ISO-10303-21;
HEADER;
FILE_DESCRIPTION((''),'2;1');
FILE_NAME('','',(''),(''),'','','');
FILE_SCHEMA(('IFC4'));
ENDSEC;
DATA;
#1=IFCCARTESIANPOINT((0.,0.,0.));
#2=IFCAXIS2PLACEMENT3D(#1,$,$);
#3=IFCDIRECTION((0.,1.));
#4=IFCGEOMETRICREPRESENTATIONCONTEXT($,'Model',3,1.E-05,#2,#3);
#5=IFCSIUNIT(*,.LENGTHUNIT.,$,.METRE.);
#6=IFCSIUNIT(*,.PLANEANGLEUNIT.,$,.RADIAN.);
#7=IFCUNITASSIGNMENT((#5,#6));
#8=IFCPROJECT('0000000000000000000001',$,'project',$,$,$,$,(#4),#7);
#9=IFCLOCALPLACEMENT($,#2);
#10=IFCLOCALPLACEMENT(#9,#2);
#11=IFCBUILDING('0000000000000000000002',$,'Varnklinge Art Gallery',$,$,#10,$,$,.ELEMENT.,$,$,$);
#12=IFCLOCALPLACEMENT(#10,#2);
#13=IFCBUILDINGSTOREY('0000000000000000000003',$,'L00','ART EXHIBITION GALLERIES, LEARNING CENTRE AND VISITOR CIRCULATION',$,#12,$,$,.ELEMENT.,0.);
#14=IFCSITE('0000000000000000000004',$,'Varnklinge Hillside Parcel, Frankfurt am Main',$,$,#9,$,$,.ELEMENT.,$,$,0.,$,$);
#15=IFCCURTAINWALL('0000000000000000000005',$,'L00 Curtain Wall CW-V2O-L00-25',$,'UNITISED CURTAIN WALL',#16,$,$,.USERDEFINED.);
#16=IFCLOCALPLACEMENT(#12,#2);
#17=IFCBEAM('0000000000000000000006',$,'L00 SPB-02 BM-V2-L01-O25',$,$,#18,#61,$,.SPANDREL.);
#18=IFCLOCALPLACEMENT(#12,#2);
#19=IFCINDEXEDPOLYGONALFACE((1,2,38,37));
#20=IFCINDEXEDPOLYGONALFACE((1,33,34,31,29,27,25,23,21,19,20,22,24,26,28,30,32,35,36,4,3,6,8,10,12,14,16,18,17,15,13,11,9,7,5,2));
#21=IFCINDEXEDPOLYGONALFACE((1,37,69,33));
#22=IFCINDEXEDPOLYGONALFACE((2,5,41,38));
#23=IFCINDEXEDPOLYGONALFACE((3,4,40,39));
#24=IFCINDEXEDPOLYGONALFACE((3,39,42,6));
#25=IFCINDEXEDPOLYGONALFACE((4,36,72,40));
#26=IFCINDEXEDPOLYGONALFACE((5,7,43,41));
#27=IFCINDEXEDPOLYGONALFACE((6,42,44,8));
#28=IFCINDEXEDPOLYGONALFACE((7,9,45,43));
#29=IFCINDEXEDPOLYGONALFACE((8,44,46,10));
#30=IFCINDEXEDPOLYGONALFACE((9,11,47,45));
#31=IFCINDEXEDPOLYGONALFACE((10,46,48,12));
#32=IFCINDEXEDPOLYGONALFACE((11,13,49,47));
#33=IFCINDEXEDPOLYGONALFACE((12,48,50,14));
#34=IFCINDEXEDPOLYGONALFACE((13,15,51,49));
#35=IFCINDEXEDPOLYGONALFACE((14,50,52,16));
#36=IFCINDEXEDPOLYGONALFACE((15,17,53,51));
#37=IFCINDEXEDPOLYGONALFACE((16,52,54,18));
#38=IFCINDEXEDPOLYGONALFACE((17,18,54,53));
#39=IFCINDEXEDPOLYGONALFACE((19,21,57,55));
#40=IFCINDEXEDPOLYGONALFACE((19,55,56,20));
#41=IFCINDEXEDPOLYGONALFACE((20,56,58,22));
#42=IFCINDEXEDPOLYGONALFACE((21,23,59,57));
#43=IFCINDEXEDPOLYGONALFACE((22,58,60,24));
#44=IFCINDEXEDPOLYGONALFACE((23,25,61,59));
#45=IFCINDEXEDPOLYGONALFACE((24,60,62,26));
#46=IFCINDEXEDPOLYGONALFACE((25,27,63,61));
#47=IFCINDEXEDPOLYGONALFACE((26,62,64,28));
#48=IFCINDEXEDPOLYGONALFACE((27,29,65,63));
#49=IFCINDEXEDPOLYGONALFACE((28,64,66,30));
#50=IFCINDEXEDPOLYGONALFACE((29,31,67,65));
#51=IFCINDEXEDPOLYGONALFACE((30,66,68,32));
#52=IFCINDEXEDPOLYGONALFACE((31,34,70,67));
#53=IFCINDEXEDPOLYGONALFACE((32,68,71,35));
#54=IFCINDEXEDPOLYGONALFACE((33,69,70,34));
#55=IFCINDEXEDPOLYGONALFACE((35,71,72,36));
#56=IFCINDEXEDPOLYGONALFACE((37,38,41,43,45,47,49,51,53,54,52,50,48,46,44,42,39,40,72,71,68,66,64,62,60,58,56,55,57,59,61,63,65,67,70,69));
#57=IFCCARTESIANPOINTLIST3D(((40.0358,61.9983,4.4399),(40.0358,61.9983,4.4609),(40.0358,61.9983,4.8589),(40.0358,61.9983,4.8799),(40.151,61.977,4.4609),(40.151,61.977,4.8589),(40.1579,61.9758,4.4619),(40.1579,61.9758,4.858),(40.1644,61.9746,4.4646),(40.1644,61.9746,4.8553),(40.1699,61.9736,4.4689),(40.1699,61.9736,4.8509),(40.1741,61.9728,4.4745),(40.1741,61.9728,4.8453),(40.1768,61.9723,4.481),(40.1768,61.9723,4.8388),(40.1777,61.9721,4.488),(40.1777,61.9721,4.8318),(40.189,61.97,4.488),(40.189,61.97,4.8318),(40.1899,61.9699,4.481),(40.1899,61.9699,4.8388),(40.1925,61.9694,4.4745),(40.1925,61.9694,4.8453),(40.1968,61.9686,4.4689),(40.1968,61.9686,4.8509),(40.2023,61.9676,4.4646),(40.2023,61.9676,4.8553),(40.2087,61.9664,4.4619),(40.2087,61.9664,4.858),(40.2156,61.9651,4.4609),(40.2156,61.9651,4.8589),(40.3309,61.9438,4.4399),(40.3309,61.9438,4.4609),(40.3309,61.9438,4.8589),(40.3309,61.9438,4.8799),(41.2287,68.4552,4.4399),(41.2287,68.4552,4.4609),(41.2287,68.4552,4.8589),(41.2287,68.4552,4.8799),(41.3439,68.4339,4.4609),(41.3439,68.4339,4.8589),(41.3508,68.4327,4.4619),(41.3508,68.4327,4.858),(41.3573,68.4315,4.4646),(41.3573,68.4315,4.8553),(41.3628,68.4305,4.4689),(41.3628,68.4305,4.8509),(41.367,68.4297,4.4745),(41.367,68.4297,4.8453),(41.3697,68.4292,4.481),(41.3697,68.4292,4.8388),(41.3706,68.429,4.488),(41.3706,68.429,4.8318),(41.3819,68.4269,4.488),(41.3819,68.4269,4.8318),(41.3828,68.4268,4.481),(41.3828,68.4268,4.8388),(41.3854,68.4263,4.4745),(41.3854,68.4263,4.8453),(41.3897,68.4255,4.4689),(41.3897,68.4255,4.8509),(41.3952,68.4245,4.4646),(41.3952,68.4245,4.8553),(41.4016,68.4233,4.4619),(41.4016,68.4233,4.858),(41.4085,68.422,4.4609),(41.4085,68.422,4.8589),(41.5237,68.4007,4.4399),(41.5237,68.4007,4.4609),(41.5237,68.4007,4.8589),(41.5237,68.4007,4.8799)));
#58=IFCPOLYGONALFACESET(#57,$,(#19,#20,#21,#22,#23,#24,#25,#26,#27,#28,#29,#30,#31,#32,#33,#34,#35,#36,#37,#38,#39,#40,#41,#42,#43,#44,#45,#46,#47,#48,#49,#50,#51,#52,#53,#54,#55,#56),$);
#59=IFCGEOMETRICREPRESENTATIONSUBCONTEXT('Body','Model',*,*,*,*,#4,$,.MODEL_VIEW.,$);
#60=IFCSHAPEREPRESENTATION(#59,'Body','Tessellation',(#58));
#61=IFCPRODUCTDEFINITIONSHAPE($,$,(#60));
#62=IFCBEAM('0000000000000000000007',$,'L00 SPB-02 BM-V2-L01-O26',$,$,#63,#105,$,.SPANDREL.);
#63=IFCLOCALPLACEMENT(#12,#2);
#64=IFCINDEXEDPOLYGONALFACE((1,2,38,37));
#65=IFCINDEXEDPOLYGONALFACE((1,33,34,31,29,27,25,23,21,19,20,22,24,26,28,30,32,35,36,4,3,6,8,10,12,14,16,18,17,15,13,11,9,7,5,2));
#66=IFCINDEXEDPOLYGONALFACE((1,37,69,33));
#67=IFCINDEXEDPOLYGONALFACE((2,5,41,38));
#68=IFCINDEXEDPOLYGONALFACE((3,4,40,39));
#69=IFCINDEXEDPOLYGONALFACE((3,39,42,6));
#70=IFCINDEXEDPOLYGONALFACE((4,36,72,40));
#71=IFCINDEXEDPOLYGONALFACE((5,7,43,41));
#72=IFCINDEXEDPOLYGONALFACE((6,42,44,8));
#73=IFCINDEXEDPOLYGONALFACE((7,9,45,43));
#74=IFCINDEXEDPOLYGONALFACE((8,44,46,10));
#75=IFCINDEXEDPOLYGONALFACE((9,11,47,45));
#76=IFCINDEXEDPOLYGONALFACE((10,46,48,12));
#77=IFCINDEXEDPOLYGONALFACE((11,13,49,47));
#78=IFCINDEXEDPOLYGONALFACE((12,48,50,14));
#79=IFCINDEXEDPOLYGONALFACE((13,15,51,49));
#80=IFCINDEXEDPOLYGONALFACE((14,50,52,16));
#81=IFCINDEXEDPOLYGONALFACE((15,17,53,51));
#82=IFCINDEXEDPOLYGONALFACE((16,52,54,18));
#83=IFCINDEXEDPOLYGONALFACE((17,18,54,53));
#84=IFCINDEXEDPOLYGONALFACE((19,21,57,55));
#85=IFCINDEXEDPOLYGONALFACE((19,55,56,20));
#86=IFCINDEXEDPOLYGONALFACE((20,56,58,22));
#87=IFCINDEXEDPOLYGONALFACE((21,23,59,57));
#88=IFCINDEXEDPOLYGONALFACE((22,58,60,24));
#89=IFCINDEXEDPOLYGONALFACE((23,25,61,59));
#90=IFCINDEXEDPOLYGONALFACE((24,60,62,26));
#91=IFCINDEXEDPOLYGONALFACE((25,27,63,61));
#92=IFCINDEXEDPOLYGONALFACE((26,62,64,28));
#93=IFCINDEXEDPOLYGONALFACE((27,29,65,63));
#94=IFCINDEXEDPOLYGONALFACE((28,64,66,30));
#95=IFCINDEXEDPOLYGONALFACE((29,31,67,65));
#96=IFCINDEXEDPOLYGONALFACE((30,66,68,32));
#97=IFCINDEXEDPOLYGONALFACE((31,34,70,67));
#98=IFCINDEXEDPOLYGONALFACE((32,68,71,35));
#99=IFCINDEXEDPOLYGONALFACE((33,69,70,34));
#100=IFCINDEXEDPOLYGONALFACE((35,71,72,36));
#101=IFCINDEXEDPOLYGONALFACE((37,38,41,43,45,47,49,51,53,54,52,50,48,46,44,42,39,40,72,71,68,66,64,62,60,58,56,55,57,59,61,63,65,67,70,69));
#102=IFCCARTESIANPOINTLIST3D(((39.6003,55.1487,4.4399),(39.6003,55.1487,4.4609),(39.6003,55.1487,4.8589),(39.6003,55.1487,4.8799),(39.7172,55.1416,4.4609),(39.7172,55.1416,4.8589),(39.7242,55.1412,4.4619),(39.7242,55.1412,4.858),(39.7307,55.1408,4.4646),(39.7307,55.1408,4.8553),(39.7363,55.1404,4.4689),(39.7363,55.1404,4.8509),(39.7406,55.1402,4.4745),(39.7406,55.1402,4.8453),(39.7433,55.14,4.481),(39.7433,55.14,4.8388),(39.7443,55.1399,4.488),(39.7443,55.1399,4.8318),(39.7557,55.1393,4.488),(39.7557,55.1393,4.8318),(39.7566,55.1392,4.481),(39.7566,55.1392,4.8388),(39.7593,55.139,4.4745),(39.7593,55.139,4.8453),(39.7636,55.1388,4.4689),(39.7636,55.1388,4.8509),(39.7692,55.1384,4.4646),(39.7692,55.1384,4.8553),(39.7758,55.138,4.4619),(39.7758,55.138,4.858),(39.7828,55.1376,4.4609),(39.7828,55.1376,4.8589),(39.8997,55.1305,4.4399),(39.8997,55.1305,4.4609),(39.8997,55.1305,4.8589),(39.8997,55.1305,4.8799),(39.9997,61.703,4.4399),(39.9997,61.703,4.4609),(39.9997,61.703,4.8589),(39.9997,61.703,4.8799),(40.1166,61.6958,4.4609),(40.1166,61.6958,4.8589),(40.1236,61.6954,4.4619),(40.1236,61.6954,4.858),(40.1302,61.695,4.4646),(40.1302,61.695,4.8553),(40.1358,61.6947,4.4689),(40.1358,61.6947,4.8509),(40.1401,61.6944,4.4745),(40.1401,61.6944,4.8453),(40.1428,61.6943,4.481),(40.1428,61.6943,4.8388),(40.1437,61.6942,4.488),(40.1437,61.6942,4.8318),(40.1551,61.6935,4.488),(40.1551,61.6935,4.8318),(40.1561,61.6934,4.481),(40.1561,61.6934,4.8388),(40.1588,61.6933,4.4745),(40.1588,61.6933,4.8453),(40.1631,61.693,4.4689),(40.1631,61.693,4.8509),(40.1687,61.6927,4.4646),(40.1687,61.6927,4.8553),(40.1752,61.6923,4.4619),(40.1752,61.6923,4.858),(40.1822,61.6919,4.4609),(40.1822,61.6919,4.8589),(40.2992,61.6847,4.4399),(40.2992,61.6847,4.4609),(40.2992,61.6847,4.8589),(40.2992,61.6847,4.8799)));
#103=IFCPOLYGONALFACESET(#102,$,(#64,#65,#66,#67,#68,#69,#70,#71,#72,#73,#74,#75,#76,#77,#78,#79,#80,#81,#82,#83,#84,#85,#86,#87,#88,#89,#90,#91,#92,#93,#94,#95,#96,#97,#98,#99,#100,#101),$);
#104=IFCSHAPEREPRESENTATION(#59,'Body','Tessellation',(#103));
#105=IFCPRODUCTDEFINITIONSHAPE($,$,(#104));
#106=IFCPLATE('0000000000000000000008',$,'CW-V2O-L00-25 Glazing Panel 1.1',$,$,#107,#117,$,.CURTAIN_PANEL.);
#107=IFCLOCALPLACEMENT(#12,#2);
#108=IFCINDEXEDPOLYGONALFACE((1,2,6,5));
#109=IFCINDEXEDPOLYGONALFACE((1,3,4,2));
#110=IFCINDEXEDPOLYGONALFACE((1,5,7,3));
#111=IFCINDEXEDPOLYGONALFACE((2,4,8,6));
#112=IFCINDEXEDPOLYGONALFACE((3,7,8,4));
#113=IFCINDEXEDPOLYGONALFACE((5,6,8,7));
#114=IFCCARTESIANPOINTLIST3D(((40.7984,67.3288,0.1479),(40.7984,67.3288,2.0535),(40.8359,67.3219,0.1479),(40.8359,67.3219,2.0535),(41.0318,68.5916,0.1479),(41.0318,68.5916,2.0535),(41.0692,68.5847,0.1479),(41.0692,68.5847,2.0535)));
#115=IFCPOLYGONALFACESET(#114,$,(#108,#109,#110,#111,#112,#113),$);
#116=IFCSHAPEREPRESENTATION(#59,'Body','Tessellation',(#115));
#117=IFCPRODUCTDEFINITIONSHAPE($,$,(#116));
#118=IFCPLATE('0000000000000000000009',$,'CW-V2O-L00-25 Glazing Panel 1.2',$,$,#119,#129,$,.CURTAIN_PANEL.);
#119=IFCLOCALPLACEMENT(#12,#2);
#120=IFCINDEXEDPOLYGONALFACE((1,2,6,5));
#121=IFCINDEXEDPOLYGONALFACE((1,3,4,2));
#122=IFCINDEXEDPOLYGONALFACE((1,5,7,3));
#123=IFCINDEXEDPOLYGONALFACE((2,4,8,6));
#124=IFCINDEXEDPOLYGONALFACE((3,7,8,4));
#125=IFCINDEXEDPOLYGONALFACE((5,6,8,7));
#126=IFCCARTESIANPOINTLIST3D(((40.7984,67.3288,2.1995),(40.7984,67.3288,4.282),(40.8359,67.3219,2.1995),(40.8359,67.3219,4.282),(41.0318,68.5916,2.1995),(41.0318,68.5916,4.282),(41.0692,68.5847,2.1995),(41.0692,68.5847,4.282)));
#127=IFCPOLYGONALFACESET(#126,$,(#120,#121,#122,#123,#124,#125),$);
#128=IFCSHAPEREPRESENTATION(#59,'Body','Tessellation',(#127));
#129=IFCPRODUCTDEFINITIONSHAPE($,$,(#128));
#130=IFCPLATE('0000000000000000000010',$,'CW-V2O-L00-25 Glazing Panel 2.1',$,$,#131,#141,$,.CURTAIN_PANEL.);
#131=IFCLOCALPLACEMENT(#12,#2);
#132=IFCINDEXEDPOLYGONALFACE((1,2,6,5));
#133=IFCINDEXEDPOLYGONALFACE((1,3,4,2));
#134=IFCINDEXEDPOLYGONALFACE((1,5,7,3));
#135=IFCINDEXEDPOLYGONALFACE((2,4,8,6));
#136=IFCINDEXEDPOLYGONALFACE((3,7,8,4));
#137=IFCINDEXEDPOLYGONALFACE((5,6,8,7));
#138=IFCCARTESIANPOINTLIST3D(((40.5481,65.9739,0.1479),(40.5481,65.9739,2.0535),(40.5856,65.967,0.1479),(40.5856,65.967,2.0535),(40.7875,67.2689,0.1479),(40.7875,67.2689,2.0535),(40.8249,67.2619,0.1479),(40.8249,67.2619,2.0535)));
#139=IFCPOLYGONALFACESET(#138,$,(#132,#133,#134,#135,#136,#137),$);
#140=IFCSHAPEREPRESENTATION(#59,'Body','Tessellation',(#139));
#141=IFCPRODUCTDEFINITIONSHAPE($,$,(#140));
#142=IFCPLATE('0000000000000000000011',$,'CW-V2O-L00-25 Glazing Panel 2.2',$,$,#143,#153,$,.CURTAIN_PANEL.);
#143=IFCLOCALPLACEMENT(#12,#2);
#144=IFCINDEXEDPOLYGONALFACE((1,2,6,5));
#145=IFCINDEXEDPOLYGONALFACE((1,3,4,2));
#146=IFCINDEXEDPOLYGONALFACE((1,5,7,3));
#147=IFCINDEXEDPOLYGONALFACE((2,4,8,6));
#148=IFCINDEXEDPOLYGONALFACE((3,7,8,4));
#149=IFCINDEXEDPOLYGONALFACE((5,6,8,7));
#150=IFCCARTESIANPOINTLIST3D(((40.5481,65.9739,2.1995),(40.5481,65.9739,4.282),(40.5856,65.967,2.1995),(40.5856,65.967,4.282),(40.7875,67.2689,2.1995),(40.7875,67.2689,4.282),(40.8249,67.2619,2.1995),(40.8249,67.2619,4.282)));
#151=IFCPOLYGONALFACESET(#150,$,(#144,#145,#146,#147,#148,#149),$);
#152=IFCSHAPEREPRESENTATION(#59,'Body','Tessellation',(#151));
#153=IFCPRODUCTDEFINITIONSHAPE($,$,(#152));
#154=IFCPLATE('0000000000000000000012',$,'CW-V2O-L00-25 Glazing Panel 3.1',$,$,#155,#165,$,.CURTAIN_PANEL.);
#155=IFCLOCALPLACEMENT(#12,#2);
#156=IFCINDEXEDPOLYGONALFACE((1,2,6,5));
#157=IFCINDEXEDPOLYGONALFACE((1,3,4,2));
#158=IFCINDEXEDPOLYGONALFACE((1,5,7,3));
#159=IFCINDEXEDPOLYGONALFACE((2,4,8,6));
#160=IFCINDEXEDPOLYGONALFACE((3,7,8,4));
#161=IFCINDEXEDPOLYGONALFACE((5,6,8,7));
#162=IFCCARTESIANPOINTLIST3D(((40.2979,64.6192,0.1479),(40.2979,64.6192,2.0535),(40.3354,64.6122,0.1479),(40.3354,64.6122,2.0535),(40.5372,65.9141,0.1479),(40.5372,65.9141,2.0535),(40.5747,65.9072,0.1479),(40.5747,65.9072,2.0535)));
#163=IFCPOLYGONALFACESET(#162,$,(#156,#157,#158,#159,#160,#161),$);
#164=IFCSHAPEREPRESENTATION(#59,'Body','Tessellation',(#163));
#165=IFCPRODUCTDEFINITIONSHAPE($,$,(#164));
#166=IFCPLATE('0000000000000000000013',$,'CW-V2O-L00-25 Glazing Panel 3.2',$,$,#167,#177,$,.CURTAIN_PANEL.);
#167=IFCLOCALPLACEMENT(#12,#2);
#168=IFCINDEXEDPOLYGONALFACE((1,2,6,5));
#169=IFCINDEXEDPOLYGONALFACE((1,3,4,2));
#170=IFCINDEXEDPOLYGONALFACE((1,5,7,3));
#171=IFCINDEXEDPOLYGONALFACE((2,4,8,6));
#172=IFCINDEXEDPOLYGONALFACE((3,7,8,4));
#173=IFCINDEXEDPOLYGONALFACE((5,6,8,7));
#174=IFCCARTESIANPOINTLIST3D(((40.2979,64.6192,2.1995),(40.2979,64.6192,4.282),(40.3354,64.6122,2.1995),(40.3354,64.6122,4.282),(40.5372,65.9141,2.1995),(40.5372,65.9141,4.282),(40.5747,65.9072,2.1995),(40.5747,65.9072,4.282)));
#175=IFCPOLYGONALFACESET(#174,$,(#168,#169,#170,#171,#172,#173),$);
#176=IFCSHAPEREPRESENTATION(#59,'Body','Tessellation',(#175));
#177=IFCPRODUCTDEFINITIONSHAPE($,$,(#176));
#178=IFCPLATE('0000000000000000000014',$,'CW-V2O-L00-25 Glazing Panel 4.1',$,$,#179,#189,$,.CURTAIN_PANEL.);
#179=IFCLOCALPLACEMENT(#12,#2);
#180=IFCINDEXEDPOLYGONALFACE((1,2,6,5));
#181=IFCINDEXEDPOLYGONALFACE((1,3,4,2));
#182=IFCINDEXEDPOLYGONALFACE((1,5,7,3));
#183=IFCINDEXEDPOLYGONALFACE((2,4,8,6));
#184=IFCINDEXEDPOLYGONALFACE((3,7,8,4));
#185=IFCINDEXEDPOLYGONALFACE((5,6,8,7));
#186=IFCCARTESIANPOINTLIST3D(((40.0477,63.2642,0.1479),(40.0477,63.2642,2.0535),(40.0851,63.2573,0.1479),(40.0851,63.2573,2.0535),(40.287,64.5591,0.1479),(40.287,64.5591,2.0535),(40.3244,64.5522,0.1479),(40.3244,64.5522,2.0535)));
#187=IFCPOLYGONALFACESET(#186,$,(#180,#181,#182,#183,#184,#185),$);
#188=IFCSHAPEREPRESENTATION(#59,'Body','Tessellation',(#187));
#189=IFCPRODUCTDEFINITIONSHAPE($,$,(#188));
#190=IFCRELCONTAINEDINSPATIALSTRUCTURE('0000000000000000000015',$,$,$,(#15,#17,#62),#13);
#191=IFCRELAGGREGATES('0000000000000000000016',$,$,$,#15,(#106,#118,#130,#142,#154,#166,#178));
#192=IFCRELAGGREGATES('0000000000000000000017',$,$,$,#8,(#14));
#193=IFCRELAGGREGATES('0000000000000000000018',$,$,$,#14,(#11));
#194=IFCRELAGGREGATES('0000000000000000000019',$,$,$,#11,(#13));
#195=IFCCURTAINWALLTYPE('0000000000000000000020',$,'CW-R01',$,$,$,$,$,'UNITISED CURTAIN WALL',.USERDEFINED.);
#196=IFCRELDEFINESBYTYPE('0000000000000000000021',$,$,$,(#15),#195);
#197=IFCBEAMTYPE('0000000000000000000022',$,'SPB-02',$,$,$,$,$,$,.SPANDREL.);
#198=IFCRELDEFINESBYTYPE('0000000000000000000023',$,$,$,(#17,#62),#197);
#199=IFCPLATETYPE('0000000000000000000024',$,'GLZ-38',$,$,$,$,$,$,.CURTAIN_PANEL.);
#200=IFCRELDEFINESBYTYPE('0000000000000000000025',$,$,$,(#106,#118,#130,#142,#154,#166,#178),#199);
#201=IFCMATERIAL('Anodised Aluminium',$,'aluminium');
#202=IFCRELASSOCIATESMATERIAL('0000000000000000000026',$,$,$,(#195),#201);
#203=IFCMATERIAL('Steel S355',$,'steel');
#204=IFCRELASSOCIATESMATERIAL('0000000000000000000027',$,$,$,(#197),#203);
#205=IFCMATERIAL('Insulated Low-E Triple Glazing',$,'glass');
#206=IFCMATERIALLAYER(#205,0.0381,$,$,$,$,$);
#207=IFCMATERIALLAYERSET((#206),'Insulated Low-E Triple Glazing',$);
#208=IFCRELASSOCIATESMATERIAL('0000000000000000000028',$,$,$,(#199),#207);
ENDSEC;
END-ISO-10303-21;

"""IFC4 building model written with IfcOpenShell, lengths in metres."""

from ifc_helpers import new_model, si_unit, direction, frame, origin, origin_2d, place, context, subcontext, project, spatial, rectangle, i_section, extrude, material, layer, layer_set, material_profile, profile_set, type_object, element, aggregate, save


model = new_model("IFC4")

# Units and contexts
model_context = context("Model", 3, precision=1e-05, world=origin(), true_north=direction((0.0, 1.0)))
body_context = subcontext(model_context, "Body", "Model", "MODEL_VIEW")
ifc_project = project(units=[si_unit("LENGTHUNIT", "METRE"), si_unit("PLANEANGLEUNIT", "RADIAN")], contexts=[model_context])

# Site, building, storey
site_placement = place(None, origin())
site = spatial("IfcSite", under=ifc_project, at=site_placement, Name="Varnklinge Hillside Parcel, Frankfurt am Main", CompositionType="ELEMENT", RefElevation=0.0)
building_placement = place(site_placement, origin())
building = spatial("IfcBuilding", under=site, at=building_placement, Name="Varnklinge Art Gallery", CompositionType="ELEMENT")
storey_placement = place(building_placement, origin())
storey = spatial("IfcBuildingStorey", under=building, at=storey_placement, Name="L00", Description="ART EXHIBITION GALLERIES, LEARNING CENTRE AND VISITOR CIRCULATION", CompositionType="ELEMENT", Elevation=0.0)

# Curtain wall
ifc_material_1 = material(Name="Anodised Aluminium", Category="aluminium")
curtain_wall_type = type_object("IfcCurtainWallType", Name="CW-R01", ElementType="UNITISED CURTAIN WALL", PredefinedType="USERDEFINED", material=ifc_material_1)
curtain_wall_placement = place(storey_placement, origin())
curtain_wall = element("IfcCurtainWall", 1, at=curtain_wall_placement, inside=storey, type_object=curtain_wall_type, Name="L00 Curtain Wall CW-V2O-L00-25", ObjectType="UNITISED CURTAIN WALL", PredefinedType="USERDEFINED")

# Beams
ifc_material_2 = material(Name="Steel S355", Category="steel")
ifc_material_profile_1 = material_profile(ifc_material_2, i_section(OverallWidth=0.3, OverallDepth=0.4399, WebThickness=0.0115, FlangeThickness=0.021, FilletRadius=0.0271, at=origin_2d()), Name="HEA 450")
ifc_profile_set_1 = profile_set([ifc_material_profile_1], Name="Steel S355")
beam_type_1 = type_object("IfcBeamType", Name="SPB-02", PredefinedType="SPANDREL", material=ifc_profile_set_1)
beam_1_placement = place(storey_placement, frame((41.3762, 68.428, 4.6599), z_axis=(-0.181672, -0.983359, 0.0), x_axis=(0.983359, -0.181672, 0.0)))
element("IfcBeam", 2, at=beam_1_placement, inside=storey, type_object=beam_type_1, Name="L00 SPB-02 BM-V2-L01-O25", PredefinedType="SPANDREL", context=body_context, shape_type="SweptSolid", body=[
    extrude(i_section(OverallWidth=0.3, OverallDepth=0.4399, WebThickness=0.0115, FlangeThickness=0.021, FilletRadius=0.0271, at=origin_2d()), origin(), (0.0, 0.0, 1.0), 6.5662),
])
beam_2_placement = place(storey_placement, frame((40.1494, 61.6938, 4.6599), z_axis=(-0.060827, -0.998148, 0.0), x_axis=(0.998148, -0.060827, 0.0)))
element("IfcBeam", 3, at=beam_2_placement, inside=storey, type_object=beam_type_1, Name="L00 SPB-02 BM-V2-L01-O26", PredefinedType="SPANDREL", context=body_context, shape_type="SweptSolid", body=[
    extrude(i_section(OverallWidth=0.3, OverallDepth=0.4399, WebThickness=0.0115, FlangeThickness=0.021, FilletRadius=0.0271, at=origin_2d()), origin(), (0.0, 0.0, 1.0), 6.5664),
])

# Plates
ifc_material_3 = material(Name="Insulated Low-E Triple Glazing", Category="glass")
ifc_layer = layer(ifc_material_3, 0.0381)
ifc_layer_set = layer_set([ifc_layer], Name="Insulated Low-E Triple Glazing")
plate_type = type_object("IfcPlateType", Name="GLZ-38", PredefinedType="CURTAIN_PANEL", material=ifc_layer_set)
plate_1_placement = place(storey_placement, frame((40.9338, 67.9568, 0.1479), z_axis=(0.0, 0.0, 1.0), x_axis=(-0.181721, -0.98335, 0.0)))
plate_1 = element("IfcPlate", 4, at=plate_1_placement, type_object=plate_type, Name="CW-V2O-L00-25 Glazing Panel 1.1", PredefinedType="CURTAIN_PANEL", context=body_context, shape_type="SweptSolid", body=[
    extrude(rectangle(XDim=1.2842, YDim=0.0381, at=origin_2d()), origin(), (0.0, 0.0, 1.0), 1.9055),
])
plate_2_placement = place(storey_placement, frame((40.9338, 67.9568, 2.1995), z_axis=(0.0, 0.0, 1.0), x_axis=(-0.181721, -0.98335, 0.0)))
plate_2 = element("IfcPlate", 5, at=plate_2_placement, type_object=plate_type, Name="CW-V2O-L00-25 Glazing Panel 1.2", PredefinedType="CURTAIN_PANEL", context=body_context, shape_type="SweptSolid", body=[
    extrude(rectangle(XDim=1.2842, YDim=0.0381, at=origin_2d()), origin(), (0.0, 0.0, 1.0), 2.0825),
])
plate_3_placement = place(storey_placement, frame((40.6865, 66.6179, 0.1479), z_axis=(0.0, 0.0, 1.0), x_axis=(-0.181721, -0.98335, 0.0)))
plate_3 = element("IfcPlate", 6, at=plate_3_placement, type_object=plate_type, Name="CW-V2O-L00-25 Glazing Panel 2.1", PredefinedType="CURTAIN_PANEL", context=body_context, shape_type="SweptSolid", body=[
    extrude(rectangle(XDim=1.3169, YDim=0.0381, at=origin_2d()), origin(), (0.0, 0.0, 1.0), 1.9055),
])
plate_4_placement = place(storey_placement, frame((40.6865, 66.6179, 2.1995), z_axis=(0.0, 0.0, 1.0), x_axis=(-0.181721, -0.98335, 0.0)))
plate_4 = element("IfcPlate", 7, at=plate_4_placement, type_object=plate_type, Name="CW-V2O-L00-25 Glazing Panel 2.2", PredefinedType="CURTAIN_PANEL", context=body_context, shape_type="SweptSolid", body=[
    extrude(rectangle(XDim=1.3169, YDim=0.0381, at=origin_2d()), origin(), (0.0, 0.0, 1.0), 2.0825),
])
plate_5_placement = place(storey_placement, frame((40.4363, 65.2632, 0.1479), z_axis=(0.0, 0.0, 1.0), x_axis=(-0.181721, -0.98335, 0.0)))
plate_5 = element("IfcPlate", 8, at=plate_5_placement, type_object=plate_type, Name="CW-V2O-L00-25 Glazing Panel 3.1", PredefinedType="CURTAIN_PANEL", context=body_context, shape_type="SweptSolid", body=[
    extrude(rectangle(XDim=1.3169, YDim=0.0381, at=origin_2d()), origin(), (0.0, 0.0, 1.0), 1.9055),
])
plate_6_placement = place(storey_placement, frame((40.4363, 65.2632, 2.1995), z_axis=(0.0, 0.0, 1.0), x_axis=(-0.181721, -0.98335, 0.0)))
plate_6 = element("IfcPlate", 9, at=plate_6_placement, type_object=plate_type, Name="CW-V2O-L00-25 Glazing Panel 3.2", PredefinedType="CURTAIN_PANEL", context=body_context, shape_type="SweptSolid", body=[
    extrude(rectangle(XDim=1.3169, YDim=0.0381, at=origin_2d()), origin(), (0.0, 0.0, 1.0), 2.0825),
])
plate_7_placement = place(storey_placement, frame((40.186, 63.9082, 0.1479), z_axis=(0.0, 0.0, 1.0), x_axis=(-0.181721, -0.98335, 0.0)))
plate_7 = element("IfcPlate", 10, at=plate_7_placement, type_object=plate_type, Name="CW-V2O-L00-25 Glazing Panel 4.1", PredefinedType="CURTAIN_PANEL", context=body_context, shape_type="SweptSolid", body=[
    extrude(rectangle(XDim=1.3169, YDim=0.0381, at=origin_2d()), origin(), (0.0, 0.0, 1.0), 1.9055),
])
aggregate(curtain_wall, [plate_1, plate_2, plate_3, plate_4, plate_5, plate_6, plate_7])

save(model, "model.ifc")
